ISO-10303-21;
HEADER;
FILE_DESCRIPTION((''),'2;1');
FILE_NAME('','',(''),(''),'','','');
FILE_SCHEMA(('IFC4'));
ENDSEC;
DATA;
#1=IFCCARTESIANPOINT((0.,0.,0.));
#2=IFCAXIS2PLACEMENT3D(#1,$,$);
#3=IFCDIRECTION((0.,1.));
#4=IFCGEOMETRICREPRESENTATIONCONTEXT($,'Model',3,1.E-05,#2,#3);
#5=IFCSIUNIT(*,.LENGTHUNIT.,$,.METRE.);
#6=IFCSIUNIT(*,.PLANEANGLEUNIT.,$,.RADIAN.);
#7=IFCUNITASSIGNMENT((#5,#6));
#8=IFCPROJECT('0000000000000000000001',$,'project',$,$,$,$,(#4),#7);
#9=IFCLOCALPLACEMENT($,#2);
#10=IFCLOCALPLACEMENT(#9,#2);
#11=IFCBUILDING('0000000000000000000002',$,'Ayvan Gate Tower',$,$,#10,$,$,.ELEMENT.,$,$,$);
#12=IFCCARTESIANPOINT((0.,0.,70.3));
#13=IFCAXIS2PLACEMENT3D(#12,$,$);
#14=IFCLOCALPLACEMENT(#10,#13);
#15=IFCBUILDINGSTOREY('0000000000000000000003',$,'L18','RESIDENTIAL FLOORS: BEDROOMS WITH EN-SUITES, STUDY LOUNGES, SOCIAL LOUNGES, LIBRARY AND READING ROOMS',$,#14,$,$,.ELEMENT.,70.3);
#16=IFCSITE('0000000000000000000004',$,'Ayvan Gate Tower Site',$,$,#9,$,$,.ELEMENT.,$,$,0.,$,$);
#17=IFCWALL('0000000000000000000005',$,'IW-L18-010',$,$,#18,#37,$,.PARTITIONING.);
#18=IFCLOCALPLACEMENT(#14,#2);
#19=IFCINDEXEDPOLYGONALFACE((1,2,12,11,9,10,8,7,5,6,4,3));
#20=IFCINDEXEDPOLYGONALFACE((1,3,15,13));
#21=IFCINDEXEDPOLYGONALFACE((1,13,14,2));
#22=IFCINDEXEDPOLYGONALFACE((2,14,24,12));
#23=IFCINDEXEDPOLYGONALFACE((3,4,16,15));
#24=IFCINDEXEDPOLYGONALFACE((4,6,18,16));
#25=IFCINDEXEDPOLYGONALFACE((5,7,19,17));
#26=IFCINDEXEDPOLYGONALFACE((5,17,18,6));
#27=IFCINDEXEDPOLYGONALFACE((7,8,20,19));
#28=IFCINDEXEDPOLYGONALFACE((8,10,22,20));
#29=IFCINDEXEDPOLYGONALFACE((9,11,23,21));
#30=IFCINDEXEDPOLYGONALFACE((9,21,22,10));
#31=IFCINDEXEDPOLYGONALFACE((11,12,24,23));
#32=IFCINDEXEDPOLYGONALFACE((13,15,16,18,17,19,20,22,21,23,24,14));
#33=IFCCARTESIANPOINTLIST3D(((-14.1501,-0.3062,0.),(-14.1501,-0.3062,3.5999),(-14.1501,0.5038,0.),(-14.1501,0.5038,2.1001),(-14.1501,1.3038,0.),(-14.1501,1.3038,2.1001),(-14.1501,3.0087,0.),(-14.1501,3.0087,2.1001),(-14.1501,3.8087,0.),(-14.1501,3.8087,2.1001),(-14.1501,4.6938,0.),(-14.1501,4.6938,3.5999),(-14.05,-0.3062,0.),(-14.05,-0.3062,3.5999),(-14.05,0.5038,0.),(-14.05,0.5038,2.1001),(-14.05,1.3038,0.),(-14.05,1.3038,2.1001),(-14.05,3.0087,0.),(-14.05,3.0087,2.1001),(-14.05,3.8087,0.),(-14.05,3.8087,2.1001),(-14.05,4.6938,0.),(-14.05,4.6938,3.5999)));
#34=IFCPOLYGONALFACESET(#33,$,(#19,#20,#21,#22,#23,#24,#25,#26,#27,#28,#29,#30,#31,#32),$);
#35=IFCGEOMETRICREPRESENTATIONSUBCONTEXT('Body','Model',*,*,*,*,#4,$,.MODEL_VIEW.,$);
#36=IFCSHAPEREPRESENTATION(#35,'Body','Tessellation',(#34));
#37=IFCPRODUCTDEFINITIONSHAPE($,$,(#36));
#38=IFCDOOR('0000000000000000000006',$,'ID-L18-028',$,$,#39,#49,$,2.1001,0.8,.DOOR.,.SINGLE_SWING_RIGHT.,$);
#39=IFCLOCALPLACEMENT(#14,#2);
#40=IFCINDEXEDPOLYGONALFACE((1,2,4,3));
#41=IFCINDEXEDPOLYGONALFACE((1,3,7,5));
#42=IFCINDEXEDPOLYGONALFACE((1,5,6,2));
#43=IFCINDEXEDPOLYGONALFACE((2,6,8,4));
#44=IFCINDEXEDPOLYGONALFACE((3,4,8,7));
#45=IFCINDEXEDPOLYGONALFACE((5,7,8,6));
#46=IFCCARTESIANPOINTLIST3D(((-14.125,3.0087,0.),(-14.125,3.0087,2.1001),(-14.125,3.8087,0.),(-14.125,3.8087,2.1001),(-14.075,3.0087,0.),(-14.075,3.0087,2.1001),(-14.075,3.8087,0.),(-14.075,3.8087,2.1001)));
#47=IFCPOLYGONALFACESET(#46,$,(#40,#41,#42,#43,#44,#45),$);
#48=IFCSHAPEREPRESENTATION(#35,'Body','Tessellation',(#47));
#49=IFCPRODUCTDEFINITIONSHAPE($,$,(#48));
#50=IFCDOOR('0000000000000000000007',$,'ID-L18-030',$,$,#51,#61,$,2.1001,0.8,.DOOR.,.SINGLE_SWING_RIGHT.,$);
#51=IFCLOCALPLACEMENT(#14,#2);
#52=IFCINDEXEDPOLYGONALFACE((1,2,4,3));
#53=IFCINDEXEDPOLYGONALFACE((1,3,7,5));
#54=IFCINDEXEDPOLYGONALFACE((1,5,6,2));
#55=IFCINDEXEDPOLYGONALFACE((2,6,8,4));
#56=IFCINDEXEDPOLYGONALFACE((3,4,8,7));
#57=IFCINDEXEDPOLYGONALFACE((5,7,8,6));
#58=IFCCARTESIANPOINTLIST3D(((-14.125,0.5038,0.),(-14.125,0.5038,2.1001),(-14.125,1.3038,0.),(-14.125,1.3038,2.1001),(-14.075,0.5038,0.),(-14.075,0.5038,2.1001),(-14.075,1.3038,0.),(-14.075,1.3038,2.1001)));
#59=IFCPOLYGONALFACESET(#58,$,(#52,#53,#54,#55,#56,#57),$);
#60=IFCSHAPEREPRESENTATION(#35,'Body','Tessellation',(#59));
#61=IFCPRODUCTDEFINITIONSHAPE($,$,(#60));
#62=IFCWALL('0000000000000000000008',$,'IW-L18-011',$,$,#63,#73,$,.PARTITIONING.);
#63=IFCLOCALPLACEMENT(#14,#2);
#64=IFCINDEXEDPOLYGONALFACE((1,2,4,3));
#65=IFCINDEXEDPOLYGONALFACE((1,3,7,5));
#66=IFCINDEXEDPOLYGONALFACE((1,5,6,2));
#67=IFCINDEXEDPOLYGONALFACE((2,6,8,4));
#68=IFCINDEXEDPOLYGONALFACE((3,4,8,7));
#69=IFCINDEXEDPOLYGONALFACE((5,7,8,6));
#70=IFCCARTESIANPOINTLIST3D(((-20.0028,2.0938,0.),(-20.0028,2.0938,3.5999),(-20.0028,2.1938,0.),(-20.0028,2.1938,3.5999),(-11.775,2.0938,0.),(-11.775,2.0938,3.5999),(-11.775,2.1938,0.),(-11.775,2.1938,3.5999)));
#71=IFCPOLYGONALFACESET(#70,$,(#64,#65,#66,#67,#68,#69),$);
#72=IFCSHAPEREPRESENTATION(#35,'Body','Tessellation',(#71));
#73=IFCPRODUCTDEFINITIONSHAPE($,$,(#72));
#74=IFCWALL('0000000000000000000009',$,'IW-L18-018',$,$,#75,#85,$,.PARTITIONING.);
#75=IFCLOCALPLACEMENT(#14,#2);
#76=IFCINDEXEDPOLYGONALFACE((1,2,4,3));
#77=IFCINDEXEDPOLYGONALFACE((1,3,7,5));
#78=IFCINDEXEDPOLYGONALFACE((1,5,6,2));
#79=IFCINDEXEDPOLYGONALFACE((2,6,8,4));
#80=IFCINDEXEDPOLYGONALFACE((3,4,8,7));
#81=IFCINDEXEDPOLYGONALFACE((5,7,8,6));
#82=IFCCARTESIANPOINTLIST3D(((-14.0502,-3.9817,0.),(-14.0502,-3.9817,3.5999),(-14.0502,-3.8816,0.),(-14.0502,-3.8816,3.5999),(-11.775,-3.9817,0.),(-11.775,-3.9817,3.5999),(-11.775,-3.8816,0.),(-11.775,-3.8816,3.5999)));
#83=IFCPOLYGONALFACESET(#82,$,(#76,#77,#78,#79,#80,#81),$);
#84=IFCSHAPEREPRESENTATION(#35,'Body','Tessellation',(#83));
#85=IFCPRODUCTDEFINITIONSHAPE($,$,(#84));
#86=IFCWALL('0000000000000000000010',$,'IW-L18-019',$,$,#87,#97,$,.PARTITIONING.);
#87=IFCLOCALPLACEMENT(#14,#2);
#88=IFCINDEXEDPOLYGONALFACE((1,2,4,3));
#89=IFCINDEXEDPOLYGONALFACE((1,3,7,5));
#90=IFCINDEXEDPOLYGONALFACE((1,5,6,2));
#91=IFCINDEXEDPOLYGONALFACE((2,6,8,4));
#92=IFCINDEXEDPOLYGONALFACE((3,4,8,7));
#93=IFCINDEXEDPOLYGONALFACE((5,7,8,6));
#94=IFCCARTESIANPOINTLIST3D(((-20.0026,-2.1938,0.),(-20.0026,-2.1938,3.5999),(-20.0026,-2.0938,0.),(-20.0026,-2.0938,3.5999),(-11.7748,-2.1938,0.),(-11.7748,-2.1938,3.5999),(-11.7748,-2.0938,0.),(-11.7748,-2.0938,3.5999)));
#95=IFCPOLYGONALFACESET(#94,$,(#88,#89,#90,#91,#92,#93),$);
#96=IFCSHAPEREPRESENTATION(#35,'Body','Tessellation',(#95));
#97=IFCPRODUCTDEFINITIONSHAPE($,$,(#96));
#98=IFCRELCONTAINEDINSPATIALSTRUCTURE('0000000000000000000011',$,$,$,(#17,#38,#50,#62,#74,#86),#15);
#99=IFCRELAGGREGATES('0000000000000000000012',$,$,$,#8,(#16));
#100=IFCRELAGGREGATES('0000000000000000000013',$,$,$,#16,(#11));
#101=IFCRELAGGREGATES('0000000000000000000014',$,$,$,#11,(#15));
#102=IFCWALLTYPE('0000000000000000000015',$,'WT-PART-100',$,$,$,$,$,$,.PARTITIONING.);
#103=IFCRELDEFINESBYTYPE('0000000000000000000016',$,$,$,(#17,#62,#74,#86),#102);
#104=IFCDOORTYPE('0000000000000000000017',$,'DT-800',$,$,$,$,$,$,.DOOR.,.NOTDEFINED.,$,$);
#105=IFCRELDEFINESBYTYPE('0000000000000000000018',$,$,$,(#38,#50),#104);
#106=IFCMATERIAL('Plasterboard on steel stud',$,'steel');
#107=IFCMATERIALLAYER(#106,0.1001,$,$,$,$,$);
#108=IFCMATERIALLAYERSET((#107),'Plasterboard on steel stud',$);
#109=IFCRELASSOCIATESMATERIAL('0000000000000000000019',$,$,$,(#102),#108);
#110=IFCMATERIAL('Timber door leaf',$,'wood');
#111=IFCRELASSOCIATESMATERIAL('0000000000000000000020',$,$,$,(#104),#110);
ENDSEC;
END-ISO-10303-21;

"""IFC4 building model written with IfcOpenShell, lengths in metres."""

from ifc_helpers import new_model, si_unit, direction, frame, frame_2d, origin, place, context, subcontext, project, spatial, rectangle, extrude, material, layer, layer_set, type_object, element, fill, save


model = new_model("IFC4")

# Units and contexts
model_context = context("Model", 3, precision=1e-05, world=origin(), true_north=direction((0.0, 1.0)))
body_context = subcontext(model_context, "Body", "Model", "MODEL_VIEW")
ifc_project = project(units=[si_unit("LENGTHUNIT", "METRE"), si_unit("PLANEANGLEUNIT", "RADIAN")], contexts=[model_context])

# Site, building, storey
site_placement = place(None, origin())
site = spatial("IfcSite", under=ifc_project, at=site_placement, Name="Ayvan Gate Tower Site", CompositionType="ELEMENT", RefElevation=0.0)
building_placement = place(site_placement, origin())
building = spatial("IfcBuilding", under=site, at=building_placement, Name="Ayvan Gate Tower", CompositionType="ELEMENT")
storey_placement = place(building_placement, frame((0.0, 0.0, 70.3)))
storey = spatial("IfcBuildingStorey", under=building, at=storey_placement, Name="L18", Description="RESIDENTIAL FLOORS: BEDROOMS WITH EN-SUITES, STUDY LOUNGES, SOCIAL LOUNGES, LIBRARY AND READING ROOMS", CompositionType="ELEMENT", Elevation=70.3)

# Shared definitions
ifc_material_1 = material(Name="Plasterboard on steel stud", Category="steel")
ifc_layer_1 = layer(ifc_material_1, 0.1001)
ifc_layer_set_1 = layer_set([ifc_layer_1], Name="Plasterboard on steel stud")
wall_type = type_object("IfcWallType", Name="WT-PART-100", PredefinedType="PARTITIONING", material=ifc_layer_set_1)
ifc_material_2 = material(Name="Timber door leaf", Category="wood")
door_type = type_object("IfcDoorType", Name="DT-800", OperationType="NOTDEFINED", PredefinedType="DOOR", material=ifc_material_2)

# Wall, openings, doors
wall_1_placement = place(storey_placement, frame((-14.1001, -0.3062, 0.0), z_axis=(0.0, 0.0, 1.0), x_axis=(0.0, 1.0, 0.0)))
wall_1 = element("IfcWall", 1, at=wall_1_placement, inside=storey, type_object=wall_type, Name="IW-L18-010", PredefinedType="PARTITIONING", context=body_context, shape_type="SweptSolid", body=[
    extrude(rectangle(XDim=5.0, YDim=0.1001, at=frame_2d((2.5, 0.0))), origin(), (0.0, 0.0, 1.0), 3.5999),
])
opening_1_placement = place(wall_1_placement, frame((3.3149, 0.0, 0.0)))
opening_1 = element("IfcOpeningElement", 2, at=opening_1_placement, cuts=wall_1, PredefinedType="OPENING", context=body_context, shape_type="SweptSolid", body=[
    extrude(rectangle(XDim=0.8, YDim=2.1001, at=frame_2d((0.3999, 1.05))), frame((0.0, 0.0601, 0.0), z_axis=(0.0, -1.0, 0.0), x_axis=(1.0, 0.0, 0.0)), (0.0, 0.0, 1.0), 0.1201),
])
opening_2_placement = place(wall_1_placement, frame((0.8101, 0.0, 0.0)))
opening_2 = element("IfcOpeningElement", 3, at=opening_2_placement, cuts=wall_1, PredefinedType="OPENING", context=body_context, shape_type="SweptSolid", body=[
    extrude(rectangle(XDim=0.8, YDim=2.1001, at=frame_2d((0.3999, 1.05))), frame((0.0, 0.0601, 0.0), z_axis=(0.0, -1.0, 0.0), x_axis=(1.0, 0.0, 0.0)), (0.0, 0.0, 1.0), 0.1201),
])
door_1_placement = place(opening_1_placement, origin())
door_1 = element("IfcDoor", 4, at=door_1_placement, inside=storey, type_object=door_type, Name="ID-L18-028", OperationType="SINGLE_SWING_RIGHT", OverallHeight=2.1001, OverallWidth=0.8, PredefinedType="DOOR", context=body_context, shape_type="SweptSolid", body=[
    extrude(rectangle(XDim=0.8, YDim=2.1001, at=frame_2d((0.3999, 1.05))), frame((0.0, 0.0249, 0.0), z_axis=(0.0, -1.0, 0.0), x_axis=(1.0, 0.0, 0.0)), (0.0, 0.0, 1.0), 0.05),
])
fill(opening_1, door_1)
door_2_placement = place(opening_2_placement, origin())
door_2 = element("IfcDoor", 5, at=door_2_placement, inside=storey, type_object=door_type, Name="ID-L18-030", OperationType="SINGLE_SWING_RIGHT", OverallHeight=2.1001, OverallWidth=0.8, PredefinedType="DOOR", context=body_context, shape_type="SweptSolid", body=[
    extrude(rectangle(XDim=0.8, YDim=2.1001, at=frame_2d((0.3999, 1.05))), frame((0.0, 0.0249, 0.0), z_axis=(0.0, -1.0, 0.0), x_axis=(1.0, 0.0, 0.0)), (0.0, 0.0, 1.0), 0.05),
])
fill(opening_2, door_2)

# Walls
wall_2_placement = place(storey_placement, frame((-20.0027, 2.1438, 0.0), z_axis=(0.0, 0.0, 1.0), x_axis=(1.0, 0.0, 0.0)))
element("IfcWall", 6, at=wall_2_placement, inside=storey, type_object=wall_type, Name="IW-L18-011", PredefinedType="PARTITIONING", context=body_context, shape_type="SweptSolid", body=[
    extrude(rectangle(XDim=8.2278, YDim=0.1001, at=frame_2d((4.1138, 0.0))), origin(), (0.0, 0.0, 1.0), 3.5999),
])
wall_3_placement = place(storey_placement, frame((-11.7749, -3.9316, 0.0), z_axis=(0.0, 0.0, 1.0), x_axis=(-1.0, 0.0, 0.0)))
element("IfcWall", 7, at=wall_3_placement, inside=storey, type_object=wall_type, Name="IW-L18-018", PredefinedType="PARTITIONING", context=body_context, shape_type="SweptSolid", body=[
    extrude(rectangle(XDim=2.2751, YDim=0.1001, at=frame_2d((1.1377, 0.0))), origin(), (0.0, 0.0, 1.0), 3.5999),
])
wall_4_placement = place(storey_placement, frame((-11.7749, -2.1438, 0.0), z_axis=(0.0, 0.0, 1.0), x_axis=(-1.0, 0.0, 0.0)))
element("IfcWall", 8, at=wall_4_placement, inside=storey, type_object=wall_type, Name="IW-L18-019", PredefinedType="PARTITIONING", context=body_context, shape_type="SweptSolid", body=[
    extrude(rectangle(XDim=8.2278, YDim=0.1001, at=frame_2d((4.1138, 0.0))), origin(), (0.0, 0.0, 1.0), 3.5999),
])

save(model, "model.ifc")
